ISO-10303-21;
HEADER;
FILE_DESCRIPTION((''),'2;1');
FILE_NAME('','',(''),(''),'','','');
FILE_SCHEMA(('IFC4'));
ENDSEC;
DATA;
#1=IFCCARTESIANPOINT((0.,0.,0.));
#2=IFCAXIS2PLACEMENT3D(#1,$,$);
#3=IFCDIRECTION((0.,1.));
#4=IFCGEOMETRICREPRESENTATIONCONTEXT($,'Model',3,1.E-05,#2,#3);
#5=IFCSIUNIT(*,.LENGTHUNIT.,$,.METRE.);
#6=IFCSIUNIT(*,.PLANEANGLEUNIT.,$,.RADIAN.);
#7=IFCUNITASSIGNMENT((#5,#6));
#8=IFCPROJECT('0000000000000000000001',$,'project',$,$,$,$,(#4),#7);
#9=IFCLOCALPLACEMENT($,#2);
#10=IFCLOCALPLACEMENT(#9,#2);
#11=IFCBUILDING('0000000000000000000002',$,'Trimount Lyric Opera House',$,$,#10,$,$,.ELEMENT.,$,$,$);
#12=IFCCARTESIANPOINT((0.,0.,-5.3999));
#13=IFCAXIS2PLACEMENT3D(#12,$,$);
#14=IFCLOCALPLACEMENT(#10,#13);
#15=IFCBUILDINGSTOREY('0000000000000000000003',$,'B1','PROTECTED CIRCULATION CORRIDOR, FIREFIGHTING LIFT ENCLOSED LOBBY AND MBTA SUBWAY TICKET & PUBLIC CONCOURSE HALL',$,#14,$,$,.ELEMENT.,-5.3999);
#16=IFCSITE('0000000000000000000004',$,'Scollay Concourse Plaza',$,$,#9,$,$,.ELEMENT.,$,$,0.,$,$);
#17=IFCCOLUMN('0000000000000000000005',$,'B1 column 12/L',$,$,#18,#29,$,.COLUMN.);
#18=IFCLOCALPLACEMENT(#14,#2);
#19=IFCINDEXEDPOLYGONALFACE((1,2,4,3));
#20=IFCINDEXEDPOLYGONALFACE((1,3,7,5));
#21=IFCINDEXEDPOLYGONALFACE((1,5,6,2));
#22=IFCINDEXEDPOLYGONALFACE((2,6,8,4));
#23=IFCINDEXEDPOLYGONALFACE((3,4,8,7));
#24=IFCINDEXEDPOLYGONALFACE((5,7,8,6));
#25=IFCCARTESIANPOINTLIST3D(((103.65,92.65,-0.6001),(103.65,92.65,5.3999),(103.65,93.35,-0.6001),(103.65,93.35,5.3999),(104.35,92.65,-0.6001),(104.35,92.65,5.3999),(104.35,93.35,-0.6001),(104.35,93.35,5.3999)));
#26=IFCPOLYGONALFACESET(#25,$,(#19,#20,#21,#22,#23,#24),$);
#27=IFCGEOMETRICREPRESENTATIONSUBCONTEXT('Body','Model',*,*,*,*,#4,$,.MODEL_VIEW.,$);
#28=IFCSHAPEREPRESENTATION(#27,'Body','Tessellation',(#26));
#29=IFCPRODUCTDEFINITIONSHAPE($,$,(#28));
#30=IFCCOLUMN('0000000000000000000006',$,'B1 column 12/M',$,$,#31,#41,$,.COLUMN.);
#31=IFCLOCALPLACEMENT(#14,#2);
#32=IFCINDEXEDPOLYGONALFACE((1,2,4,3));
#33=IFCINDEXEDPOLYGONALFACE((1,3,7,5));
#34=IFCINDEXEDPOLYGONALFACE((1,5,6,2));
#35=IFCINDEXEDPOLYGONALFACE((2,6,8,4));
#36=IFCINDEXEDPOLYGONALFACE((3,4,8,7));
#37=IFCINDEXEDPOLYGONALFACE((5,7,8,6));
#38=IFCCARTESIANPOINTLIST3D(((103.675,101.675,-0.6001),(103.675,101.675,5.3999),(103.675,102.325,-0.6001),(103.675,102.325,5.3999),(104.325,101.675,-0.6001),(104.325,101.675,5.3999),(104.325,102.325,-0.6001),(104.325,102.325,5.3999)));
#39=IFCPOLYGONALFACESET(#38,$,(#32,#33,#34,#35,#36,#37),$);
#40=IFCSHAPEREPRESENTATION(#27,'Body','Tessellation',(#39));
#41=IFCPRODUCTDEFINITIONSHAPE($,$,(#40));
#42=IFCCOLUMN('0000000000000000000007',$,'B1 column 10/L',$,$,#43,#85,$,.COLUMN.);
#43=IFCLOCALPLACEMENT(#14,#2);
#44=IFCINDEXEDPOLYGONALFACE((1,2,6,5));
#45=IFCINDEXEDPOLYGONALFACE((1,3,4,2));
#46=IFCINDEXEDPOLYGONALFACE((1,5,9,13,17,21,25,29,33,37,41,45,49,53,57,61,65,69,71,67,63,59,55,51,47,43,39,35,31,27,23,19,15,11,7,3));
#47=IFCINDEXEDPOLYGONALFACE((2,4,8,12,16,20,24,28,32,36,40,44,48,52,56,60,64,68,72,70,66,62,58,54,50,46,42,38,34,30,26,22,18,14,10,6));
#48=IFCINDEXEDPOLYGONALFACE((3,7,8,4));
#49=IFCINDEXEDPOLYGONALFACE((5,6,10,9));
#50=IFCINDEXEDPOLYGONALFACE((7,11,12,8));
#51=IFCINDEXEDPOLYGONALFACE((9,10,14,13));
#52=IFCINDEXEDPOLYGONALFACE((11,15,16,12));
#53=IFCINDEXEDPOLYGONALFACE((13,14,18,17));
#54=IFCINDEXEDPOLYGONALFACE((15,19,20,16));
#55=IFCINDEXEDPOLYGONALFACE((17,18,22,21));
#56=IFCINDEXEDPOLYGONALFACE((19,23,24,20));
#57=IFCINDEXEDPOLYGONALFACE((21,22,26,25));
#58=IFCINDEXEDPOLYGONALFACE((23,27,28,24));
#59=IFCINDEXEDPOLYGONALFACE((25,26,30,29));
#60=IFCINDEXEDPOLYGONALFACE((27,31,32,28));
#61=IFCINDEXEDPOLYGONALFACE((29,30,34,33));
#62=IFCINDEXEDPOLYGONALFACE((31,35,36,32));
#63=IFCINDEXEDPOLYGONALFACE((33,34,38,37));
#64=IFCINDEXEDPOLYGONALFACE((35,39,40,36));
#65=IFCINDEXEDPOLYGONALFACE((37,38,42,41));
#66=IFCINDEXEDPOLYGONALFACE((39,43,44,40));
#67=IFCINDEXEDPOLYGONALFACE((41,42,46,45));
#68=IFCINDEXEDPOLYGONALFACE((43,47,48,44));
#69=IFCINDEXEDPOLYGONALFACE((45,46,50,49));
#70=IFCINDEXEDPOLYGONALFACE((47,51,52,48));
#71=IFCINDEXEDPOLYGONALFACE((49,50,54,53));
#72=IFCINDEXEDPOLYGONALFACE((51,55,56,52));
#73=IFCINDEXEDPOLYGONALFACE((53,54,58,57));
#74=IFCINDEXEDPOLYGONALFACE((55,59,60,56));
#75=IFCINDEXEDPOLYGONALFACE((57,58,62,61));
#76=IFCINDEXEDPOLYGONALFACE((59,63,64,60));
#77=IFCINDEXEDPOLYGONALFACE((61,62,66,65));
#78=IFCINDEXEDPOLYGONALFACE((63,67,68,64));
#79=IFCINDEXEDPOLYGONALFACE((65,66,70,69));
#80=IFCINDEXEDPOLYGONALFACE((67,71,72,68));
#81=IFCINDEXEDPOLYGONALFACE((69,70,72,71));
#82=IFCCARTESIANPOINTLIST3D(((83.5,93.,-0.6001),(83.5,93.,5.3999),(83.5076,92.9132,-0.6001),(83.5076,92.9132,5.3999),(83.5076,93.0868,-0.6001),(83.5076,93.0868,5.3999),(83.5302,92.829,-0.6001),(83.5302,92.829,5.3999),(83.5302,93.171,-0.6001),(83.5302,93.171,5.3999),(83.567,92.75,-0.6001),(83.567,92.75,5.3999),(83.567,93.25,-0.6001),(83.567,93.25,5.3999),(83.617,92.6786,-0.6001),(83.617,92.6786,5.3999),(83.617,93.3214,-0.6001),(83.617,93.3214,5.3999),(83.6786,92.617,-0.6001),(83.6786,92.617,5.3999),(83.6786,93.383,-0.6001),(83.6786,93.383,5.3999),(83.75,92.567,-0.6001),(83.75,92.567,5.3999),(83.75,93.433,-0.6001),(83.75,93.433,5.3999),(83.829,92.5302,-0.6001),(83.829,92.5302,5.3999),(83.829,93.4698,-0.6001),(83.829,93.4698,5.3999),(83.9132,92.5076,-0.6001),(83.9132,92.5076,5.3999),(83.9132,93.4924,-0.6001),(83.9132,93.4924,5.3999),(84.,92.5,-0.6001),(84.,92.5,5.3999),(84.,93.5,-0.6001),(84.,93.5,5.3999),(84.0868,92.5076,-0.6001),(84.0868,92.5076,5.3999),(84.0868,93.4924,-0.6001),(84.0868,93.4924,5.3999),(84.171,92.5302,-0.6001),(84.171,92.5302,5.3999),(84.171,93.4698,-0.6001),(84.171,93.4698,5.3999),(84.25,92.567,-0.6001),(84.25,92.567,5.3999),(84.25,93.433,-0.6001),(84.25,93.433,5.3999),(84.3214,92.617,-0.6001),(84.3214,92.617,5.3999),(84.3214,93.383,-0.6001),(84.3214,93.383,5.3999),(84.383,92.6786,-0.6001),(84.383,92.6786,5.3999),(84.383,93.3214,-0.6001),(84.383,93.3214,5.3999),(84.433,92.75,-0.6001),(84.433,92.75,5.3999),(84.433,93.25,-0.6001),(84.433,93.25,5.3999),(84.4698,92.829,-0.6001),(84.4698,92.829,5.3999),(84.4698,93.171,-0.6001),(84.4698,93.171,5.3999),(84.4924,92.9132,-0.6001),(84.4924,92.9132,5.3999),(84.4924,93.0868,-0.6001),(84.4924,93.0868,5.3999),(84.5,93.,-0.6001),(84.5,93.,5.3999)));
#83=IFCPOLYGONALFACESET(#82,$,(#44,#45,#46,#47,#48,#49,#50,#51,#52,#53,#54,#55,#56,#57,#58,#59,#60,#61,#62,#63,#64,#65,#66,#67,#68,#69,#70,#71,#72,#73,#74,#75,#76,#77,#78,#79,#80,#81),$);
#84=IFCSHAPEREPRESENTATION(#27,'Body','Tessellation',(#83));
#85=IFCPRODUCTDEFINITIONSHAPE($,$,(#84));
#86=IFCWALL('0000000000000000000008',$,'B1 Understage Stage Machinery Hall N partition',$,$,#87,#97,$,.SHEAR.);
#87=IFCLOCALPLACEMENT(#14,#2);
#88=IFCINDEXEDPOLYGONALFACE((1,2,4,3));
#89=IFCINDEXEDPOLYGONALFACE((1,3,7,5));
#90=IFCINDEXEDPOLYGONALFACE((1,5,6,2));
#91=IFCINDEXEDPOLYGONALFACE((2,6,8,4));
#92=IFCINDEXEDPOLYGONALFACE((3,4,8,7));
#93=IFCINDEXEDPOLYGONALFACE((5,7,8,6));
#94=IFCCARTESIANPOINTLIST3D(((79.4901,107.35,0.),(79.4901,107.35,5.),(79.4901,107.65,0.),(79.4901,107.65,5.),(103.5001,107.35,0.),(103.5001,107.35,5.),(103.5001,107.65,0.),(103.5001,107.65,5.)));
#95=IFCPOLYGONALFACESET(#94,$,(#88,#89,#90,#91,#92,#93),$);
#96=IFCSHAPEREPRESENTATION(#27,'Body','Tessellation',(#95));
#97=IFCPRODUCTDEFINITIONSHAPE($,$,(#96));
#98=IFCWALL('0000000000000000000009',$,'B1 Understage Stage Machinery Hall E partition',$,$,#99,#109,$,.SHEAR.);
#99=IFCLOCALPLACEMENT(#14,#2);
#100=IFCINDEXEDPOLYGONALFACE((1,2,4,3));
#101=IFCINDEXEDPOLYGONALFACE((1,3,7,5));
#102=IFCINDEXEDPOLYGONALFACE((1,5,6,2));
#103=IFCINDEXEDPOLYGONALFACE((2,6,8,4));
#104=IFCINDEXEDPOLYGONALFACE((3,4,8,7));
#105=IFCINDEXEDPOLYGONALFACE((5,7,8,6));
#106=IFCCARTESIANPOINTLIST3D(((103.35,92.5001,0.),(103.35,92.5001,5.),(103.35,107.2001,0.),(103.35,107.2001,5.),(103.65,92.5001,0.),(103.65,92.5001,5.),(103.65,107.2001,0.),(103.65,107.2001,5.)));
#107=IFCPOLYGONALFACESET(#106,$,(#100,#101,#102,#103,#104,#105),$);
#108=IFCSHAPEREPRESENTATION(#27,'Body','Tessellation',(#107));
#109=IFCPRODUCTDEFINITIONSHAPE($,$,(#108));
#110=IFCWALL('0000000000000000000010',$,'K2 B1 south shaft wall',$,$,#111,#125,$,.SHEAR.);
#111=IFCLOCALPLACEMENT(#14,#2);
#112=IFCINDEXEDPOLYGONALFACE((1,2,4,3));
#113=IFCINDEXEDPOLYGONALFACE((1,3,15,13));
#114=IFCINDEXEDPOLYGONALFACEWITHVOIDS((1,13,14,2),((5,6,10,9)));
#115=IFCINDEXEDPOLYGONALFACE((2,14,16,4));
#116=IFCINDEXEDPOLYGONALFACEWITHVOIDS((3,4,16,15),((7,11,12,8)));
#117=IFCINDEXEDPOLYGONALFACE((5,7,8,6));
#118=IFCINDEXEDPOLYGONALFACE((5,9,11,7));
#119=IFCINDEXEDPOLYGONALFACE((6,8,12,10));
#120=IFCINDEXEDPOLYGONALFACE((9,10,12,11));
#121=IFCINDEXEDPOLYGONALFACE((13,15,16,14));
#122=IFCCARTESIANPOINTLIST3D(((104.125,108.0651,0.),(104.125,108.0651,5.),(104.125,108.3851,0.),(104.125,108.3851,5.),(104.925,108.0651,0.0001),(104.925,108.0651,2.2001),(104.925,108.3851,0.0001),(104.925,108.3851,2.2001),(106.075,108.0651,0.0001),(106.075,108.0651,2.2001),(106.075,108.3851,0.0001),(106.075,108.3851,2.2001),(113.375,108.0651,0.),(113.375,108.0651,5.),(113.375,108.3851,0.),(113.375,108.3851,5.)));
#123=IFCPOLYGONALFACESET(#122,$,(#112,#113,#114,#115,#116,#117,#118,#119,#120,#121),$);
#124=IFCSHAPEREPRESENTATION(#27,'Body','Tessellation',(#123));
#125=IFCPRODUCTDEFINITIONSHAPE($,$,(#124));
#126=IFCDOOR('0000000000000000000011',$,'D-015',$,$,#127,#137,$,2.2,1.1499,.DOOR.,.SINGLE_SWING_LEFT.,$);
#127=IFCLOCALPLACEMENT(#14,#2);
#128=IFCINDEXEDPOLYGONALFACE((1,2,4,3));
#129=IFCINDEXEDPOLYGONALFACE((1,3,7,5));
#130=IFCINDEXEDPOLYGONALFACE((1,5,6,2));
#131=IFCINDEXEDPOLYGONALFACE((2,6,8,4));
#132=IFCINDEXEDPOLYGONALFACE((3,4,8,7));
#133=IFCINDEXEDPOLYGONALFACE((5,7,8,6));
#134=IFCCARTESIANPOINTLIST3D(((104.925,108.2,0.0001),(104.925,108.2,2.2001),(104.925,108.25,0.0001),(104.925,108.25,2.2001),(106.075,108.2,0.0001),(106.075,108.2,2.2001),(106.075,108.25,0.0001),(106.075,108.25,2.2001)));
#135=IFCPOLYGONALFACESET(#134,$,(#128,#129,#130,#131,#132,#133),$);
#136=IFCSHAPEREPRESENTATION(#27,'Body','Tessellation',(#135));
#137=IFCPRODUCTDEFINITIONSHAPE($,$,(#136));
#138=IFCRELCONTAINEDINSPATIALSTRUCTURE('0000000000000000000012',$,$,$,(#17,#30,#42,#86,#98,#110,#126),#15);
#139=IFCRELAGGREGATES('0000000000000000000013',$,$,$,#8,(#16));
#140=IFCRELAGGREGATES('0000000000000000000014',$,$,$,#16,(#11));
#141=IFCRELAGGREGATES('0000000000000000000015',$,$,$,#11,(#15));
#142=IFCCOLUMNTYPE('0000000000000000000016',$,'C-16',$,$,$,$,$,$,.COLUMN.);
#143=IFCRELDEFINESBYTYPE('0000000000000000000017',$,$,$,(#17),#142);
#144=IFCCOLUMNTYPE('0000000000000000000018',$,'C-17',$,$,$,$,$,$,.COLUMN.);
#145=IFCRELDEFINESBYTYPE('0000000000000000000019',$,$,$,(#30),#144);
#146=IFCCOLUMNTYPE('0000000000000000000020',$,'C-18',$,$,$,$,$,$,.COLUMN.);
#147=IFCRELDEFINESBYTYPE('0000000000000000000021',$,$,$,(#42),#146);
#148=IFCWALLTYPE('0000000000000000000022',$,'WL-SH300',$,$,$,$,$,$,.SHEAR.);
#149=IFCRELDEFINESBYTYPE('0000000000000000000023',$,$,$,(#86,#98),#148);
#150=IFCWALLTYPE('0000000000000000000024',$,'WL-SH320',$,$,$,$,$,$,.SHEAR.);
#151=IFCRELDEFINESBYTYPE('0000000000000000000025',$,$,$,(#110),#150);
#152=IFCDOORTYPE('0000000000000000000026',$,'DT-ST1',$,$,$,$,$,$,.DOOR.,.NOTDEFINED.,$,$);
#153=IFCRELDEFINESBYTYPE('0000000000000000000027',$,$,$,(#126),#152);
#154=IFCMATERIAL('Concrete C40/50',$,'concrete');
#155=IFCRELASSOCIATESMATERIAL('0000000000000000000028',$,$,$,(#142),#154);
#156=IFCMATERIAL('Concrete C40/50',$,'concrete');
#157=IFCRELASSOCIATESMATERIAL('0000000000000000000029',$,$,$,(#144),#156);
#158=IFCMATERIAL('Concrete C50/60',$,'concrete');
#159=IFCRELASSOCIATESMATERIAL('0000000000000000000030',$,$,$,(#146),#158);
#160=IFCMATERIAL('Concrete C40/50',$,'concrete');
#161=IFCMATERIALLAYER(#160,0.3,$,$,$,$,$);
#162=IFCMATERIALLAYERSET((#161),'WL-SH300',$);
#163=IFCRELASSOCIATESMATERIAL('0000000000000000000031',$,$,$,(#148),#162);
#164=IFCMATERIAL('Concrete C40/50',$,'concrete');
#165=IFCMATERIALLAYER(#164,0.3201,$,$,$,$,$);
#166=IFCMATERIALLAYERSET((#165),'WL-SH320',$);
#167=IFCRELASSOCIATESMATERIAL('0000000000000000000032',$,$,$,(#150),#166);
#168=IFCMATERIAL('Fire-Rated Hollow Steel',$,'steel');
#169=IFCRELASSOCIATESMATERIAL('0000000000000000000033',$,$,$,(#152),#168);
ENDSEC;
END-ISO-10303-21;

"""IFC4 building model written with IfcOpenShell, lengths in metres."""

from ifc_helpers import new_model, si_unit, direction, frame, frame_2d, origin, origin_2d, place, context, subcontext, project, spatial, rectangle, circle, extrude, material, layer, layer_set, material_profile, profile_set, type_object, element, fill, save


model = new_model("IFC4")

# Units and contexts
model_context = context("Model", 3, precision=1e-05, world=origin(), true_north=direction((0.0, 1.0)))
body_context = subcontext(model_context, "Body", "Model", "MODEL_VIEW")
ifc_project = project(units=[si_unit("LENGTHUNIT", "METRE"), si_unit("PLANEANGLEUNIT", "RADIAN")], contexts=[model_context])

# Site, building, storey
site_placement = place(None, origin())
site = spatial("IfcSite", under=ifc_project, at=site_placement, Name="Scollay Concourse Plaza", CompositionType="ELEMENT", RefElevation=0.0)
building_placement = place(site_placement, origin())
building = spatial("IfcBuilding", under=site, at=building_placement, Name="Trimount Lyric Opera House", CompositionType="ELEMENT")
storey_placement = place(building_placement, frame((0.0, 0.0, -5.3999)))
storey = spatial("IfcBuildingStorey", under=building, at=storey_placement, Name="B1", Description="PROTECTED CIRCULATION CORRIDOR, FIREFIGHTING LIFT ENCLOSED LOBBY AND MBTA SUBWAY TICKET & PUBLIC CONCOURSE HALL", CompositionType="ELEMENT", Elevation=-5.3999)

# Columns
ifc_material_1 = material(Name="Concrete C40/50", Category="concrete")
ifc_material_profile_1 = material_profile(ifc_material_1, rectangle(XDim=0.7, YDim=0.7, at=origin_2d()), Name="RC700X700")
ifc_profile_set_1 = profile_set([ifc_material_profile_1], Name="Concrete C40/50")
column_type_1 = type_object("IfcColumnType", Name="C-16", PredefinedType="COLUMN", material=ifc_profile_set_1)
for number, where, z_axis, x_axis, name in (
    (1, (104.0, 93.0, -0.6001), (0.0, 0.0, 1.0), (1.0, 0.0, 0.0), "B1 column 12/L"),
):
    element("IfcColumn", number, at=place(storey_placement, frame(where, z_axis=z_axis, x_axis=x_axis)), inside=storey, type_object=column_type_1, Name=name, PredefinedType="COLUMN", context=body_context, shape_type="SweptSolid", body=[
        extrude(rectangle(XDim=0.7, YDim=0.7, at=origin_2d()), origin(), (0.0, 0.0, 1.0), 6.0),
    ])
ifc_material_2 = material(Name="Concrete C40/50", Category="concrete")
ifc_material_profile_2 = material_profile(ifc_material_2, rectangle(XDim=0.6499, YDim=0.6499, at=origin_2d()), Name="RC650X650")
ifc_profile_set_2 = profile_set([ifc_material_profile_2], Name="Concrete C40/50")
column_type_2 = type_object("IfcColumnType", Name="C-17", PredefinedType="COLUMN", material=ifc_profile_set_2)
column_1_placement = place(storey_placement, frame((104.0, 102.0, -0.6001), z_axis=(0.0, 0.0, 1.0), x_axis=(1.0, 0.0, 0.0)))
element("IfcColumn", 2, at=column_1_placement, inside=storey, type_object=column_type_2, Name="B1 column 12/M", PredefinedType="COLUMN", context=body_context, shape_type="SweptSolid", body=[
    extrude(rectangle(XDim=0.6499, YDim=0.6499, at=origin_2d()), origin(), (0.0, 0.0, 1.0), 6.0),
])
ifc_material_3 = material(Name="Concrete C50/60", Category="concrete")
ifc_material_profile_3 = material_profile(ifc_material_3, circle(Radius=0.5, at=origin_2d()), Name="RC-D1000")
ifc_profile_set_3 = profile_set([ifc_material_profile_3], Name="Concrete C50/60")
column_type_3 = type_object("IfcColumnType", Name="C-18", PredefinedType="COLUMN", material=ifc_profile_set_3)
column_2_placement = place(storey_placement, frame((84.0, 93.0, -0.6001), z_axis=(0.0, 0.0, 1.0), x_axis=(1.0, 0.0, 0.0)))
element("IfcColumn", 3, at=column_2_placement, inside=storey, type_object=column_type_3, Name="B1 column 10/L", PredefinedType="COLUMN", context=body_context, shape_type="SweptSolid", body=[
    extrude(circle(Radius=0.5, at=origin_2d()), origin(), (0.0, 0.0, 1.0), 6.0),
])

# Walls
ifc_material_4 = material(Name="Concrete C40/50", Category="concrete")
ifc_layer_1 = layer(ifc_material_4, 0.3)
ifc_layer_set_1 = layer_set([ifc_layer_1], Name="WL-SH300")
wall_type_1 = type_object("IfcWallType", Name="WL-SH300", PredefinedType="SHEAR", material=ifc_layer_set_1)
wall_1_placement = place(storey_placement, frame((103.5, 107.5, 0.0), z_axis=(0.0, 0.0, 1.0), x_axis=(-1.0, 0.0, 0.0)))
element("IfcWall", 4, at=wall_1_placement, inside=storey, type_object=wall_type_1, Name="B1 Understage Stage Machinery Hall N partition", PredefinedType="SHEAR", context=body_context, shape_type="SweptSolid", body=[
    extrude(rectangle(XDim=24.01, YDim=0.3, at=frame_2d((12.0049, 0.0))), origin(), (0.0, 0.0, 1.0), 5.0),
])
wall_2_placement = place(storey_placement, frame((103.5, 92.5, 0.0), z_axis=(0.0, 0.0, 1.0), x_axis=(0.0, 1.0, 0.0)))
element("IfcWall", 5, at=wall_2_placement, inside=storey, type_object=wall_type_1, Name="B1 Understage Stage Machinery Hall E partition", PredefinedType="SHEAR", context=body_context, shape_type="SweptSolid", body=[
    extrude(rectangle(XDim=14.7, YDim=0.3, at=frame_2d((7.3501, 0.0))), origin(), (0.0, 0.0, 1.0), 5.0),
])

# Wall, opening, door
ifc_material_5 = material(Name="Concrete C40/50", Category="concrete")
ifc_layer_2 = layer(ifc_material_5, 0.3201)
ifc_layer_set_2 = layer_set([ifc_layer_2], Name="WL-SH320")
wall_type_2 = type_object("IfcWallType", Name="WL-SH320", PredefinedType="SHEAR", material=ifc_layer_set_2)
wall_3_placement = place(storey_placement, frame((104.125, 108.2251, 0.0), z_axis=(0.0, 0.0, 1.0), x_axis=(1.0, 0.0, 0.0)))
wall_3 = element("IfcWall", 6, at=wall_3_placement, inside=storey, type_object=wall_type_2, Name="K2 B1 south shaft wall", PredefinedType="SHEAR", context=body_context, shape_type="SweptSolid", body=[
    extrude(rectangle(XDim=9.25, YDim=0.3201, at=frame_2d((4.625, 0.0))), origin(), (0.0, 0.0, 1.0), 5.0),
])
opening_placement = place(wall_3_placement, frame((0.8, 0.0, 0.0)))
opening = element("IfcOpeningElement", 7, at=opening_placement, cuts=wall_3, PredefinedType="OPENING", context=body_context, shape_type="SweptSolid", body=[
    extrude(rectangle(XDim=1.1499, YDim=2.2, at=frame_2d((0.575, 1.1001))), frame((0.0, 0.1699, 0.0), z_axis=(0.0, -1.0, 0.0), x_axis=(1.0, 0.0, 0.0)), (0.0, 0.0, 1.0), 0.3401),
])
ifc_material_6 = material(Name="Fire-Rated Hollow Steel", Category="steel")
door_type = type_object("IfcDoorType", Name="DT-ST1", OperationType="NOTDEFINED", PredefinedType="DOOR", material=ifc_material_6)
door_placement = place(opening_placement, origin())
door = element("IfcDoor", 8, at=door_placement, inside=storey, type_object=door_type, Name="D-015", OperationType="SINGLE_SWING_LEFT", OverallHeight=2.2, OverallWidth=1.1499, PredefinedType="DOOR", context=body_context, shape_type="SweptSolid", body=[
    extrude(rectangle(XDim=1.1499, YDim=2.2, at=frame_2d((0.575, 1.1001))), frame((0.0, 0.0249, 0.0), z_axis=(0.0, -1.0, 0.0), x_axis=(1.0, 0.0, 0.0)), (0.0, 0.0, 1.0), 0.05),
])
fill(opening, door)

save(model, "model.ifc")
